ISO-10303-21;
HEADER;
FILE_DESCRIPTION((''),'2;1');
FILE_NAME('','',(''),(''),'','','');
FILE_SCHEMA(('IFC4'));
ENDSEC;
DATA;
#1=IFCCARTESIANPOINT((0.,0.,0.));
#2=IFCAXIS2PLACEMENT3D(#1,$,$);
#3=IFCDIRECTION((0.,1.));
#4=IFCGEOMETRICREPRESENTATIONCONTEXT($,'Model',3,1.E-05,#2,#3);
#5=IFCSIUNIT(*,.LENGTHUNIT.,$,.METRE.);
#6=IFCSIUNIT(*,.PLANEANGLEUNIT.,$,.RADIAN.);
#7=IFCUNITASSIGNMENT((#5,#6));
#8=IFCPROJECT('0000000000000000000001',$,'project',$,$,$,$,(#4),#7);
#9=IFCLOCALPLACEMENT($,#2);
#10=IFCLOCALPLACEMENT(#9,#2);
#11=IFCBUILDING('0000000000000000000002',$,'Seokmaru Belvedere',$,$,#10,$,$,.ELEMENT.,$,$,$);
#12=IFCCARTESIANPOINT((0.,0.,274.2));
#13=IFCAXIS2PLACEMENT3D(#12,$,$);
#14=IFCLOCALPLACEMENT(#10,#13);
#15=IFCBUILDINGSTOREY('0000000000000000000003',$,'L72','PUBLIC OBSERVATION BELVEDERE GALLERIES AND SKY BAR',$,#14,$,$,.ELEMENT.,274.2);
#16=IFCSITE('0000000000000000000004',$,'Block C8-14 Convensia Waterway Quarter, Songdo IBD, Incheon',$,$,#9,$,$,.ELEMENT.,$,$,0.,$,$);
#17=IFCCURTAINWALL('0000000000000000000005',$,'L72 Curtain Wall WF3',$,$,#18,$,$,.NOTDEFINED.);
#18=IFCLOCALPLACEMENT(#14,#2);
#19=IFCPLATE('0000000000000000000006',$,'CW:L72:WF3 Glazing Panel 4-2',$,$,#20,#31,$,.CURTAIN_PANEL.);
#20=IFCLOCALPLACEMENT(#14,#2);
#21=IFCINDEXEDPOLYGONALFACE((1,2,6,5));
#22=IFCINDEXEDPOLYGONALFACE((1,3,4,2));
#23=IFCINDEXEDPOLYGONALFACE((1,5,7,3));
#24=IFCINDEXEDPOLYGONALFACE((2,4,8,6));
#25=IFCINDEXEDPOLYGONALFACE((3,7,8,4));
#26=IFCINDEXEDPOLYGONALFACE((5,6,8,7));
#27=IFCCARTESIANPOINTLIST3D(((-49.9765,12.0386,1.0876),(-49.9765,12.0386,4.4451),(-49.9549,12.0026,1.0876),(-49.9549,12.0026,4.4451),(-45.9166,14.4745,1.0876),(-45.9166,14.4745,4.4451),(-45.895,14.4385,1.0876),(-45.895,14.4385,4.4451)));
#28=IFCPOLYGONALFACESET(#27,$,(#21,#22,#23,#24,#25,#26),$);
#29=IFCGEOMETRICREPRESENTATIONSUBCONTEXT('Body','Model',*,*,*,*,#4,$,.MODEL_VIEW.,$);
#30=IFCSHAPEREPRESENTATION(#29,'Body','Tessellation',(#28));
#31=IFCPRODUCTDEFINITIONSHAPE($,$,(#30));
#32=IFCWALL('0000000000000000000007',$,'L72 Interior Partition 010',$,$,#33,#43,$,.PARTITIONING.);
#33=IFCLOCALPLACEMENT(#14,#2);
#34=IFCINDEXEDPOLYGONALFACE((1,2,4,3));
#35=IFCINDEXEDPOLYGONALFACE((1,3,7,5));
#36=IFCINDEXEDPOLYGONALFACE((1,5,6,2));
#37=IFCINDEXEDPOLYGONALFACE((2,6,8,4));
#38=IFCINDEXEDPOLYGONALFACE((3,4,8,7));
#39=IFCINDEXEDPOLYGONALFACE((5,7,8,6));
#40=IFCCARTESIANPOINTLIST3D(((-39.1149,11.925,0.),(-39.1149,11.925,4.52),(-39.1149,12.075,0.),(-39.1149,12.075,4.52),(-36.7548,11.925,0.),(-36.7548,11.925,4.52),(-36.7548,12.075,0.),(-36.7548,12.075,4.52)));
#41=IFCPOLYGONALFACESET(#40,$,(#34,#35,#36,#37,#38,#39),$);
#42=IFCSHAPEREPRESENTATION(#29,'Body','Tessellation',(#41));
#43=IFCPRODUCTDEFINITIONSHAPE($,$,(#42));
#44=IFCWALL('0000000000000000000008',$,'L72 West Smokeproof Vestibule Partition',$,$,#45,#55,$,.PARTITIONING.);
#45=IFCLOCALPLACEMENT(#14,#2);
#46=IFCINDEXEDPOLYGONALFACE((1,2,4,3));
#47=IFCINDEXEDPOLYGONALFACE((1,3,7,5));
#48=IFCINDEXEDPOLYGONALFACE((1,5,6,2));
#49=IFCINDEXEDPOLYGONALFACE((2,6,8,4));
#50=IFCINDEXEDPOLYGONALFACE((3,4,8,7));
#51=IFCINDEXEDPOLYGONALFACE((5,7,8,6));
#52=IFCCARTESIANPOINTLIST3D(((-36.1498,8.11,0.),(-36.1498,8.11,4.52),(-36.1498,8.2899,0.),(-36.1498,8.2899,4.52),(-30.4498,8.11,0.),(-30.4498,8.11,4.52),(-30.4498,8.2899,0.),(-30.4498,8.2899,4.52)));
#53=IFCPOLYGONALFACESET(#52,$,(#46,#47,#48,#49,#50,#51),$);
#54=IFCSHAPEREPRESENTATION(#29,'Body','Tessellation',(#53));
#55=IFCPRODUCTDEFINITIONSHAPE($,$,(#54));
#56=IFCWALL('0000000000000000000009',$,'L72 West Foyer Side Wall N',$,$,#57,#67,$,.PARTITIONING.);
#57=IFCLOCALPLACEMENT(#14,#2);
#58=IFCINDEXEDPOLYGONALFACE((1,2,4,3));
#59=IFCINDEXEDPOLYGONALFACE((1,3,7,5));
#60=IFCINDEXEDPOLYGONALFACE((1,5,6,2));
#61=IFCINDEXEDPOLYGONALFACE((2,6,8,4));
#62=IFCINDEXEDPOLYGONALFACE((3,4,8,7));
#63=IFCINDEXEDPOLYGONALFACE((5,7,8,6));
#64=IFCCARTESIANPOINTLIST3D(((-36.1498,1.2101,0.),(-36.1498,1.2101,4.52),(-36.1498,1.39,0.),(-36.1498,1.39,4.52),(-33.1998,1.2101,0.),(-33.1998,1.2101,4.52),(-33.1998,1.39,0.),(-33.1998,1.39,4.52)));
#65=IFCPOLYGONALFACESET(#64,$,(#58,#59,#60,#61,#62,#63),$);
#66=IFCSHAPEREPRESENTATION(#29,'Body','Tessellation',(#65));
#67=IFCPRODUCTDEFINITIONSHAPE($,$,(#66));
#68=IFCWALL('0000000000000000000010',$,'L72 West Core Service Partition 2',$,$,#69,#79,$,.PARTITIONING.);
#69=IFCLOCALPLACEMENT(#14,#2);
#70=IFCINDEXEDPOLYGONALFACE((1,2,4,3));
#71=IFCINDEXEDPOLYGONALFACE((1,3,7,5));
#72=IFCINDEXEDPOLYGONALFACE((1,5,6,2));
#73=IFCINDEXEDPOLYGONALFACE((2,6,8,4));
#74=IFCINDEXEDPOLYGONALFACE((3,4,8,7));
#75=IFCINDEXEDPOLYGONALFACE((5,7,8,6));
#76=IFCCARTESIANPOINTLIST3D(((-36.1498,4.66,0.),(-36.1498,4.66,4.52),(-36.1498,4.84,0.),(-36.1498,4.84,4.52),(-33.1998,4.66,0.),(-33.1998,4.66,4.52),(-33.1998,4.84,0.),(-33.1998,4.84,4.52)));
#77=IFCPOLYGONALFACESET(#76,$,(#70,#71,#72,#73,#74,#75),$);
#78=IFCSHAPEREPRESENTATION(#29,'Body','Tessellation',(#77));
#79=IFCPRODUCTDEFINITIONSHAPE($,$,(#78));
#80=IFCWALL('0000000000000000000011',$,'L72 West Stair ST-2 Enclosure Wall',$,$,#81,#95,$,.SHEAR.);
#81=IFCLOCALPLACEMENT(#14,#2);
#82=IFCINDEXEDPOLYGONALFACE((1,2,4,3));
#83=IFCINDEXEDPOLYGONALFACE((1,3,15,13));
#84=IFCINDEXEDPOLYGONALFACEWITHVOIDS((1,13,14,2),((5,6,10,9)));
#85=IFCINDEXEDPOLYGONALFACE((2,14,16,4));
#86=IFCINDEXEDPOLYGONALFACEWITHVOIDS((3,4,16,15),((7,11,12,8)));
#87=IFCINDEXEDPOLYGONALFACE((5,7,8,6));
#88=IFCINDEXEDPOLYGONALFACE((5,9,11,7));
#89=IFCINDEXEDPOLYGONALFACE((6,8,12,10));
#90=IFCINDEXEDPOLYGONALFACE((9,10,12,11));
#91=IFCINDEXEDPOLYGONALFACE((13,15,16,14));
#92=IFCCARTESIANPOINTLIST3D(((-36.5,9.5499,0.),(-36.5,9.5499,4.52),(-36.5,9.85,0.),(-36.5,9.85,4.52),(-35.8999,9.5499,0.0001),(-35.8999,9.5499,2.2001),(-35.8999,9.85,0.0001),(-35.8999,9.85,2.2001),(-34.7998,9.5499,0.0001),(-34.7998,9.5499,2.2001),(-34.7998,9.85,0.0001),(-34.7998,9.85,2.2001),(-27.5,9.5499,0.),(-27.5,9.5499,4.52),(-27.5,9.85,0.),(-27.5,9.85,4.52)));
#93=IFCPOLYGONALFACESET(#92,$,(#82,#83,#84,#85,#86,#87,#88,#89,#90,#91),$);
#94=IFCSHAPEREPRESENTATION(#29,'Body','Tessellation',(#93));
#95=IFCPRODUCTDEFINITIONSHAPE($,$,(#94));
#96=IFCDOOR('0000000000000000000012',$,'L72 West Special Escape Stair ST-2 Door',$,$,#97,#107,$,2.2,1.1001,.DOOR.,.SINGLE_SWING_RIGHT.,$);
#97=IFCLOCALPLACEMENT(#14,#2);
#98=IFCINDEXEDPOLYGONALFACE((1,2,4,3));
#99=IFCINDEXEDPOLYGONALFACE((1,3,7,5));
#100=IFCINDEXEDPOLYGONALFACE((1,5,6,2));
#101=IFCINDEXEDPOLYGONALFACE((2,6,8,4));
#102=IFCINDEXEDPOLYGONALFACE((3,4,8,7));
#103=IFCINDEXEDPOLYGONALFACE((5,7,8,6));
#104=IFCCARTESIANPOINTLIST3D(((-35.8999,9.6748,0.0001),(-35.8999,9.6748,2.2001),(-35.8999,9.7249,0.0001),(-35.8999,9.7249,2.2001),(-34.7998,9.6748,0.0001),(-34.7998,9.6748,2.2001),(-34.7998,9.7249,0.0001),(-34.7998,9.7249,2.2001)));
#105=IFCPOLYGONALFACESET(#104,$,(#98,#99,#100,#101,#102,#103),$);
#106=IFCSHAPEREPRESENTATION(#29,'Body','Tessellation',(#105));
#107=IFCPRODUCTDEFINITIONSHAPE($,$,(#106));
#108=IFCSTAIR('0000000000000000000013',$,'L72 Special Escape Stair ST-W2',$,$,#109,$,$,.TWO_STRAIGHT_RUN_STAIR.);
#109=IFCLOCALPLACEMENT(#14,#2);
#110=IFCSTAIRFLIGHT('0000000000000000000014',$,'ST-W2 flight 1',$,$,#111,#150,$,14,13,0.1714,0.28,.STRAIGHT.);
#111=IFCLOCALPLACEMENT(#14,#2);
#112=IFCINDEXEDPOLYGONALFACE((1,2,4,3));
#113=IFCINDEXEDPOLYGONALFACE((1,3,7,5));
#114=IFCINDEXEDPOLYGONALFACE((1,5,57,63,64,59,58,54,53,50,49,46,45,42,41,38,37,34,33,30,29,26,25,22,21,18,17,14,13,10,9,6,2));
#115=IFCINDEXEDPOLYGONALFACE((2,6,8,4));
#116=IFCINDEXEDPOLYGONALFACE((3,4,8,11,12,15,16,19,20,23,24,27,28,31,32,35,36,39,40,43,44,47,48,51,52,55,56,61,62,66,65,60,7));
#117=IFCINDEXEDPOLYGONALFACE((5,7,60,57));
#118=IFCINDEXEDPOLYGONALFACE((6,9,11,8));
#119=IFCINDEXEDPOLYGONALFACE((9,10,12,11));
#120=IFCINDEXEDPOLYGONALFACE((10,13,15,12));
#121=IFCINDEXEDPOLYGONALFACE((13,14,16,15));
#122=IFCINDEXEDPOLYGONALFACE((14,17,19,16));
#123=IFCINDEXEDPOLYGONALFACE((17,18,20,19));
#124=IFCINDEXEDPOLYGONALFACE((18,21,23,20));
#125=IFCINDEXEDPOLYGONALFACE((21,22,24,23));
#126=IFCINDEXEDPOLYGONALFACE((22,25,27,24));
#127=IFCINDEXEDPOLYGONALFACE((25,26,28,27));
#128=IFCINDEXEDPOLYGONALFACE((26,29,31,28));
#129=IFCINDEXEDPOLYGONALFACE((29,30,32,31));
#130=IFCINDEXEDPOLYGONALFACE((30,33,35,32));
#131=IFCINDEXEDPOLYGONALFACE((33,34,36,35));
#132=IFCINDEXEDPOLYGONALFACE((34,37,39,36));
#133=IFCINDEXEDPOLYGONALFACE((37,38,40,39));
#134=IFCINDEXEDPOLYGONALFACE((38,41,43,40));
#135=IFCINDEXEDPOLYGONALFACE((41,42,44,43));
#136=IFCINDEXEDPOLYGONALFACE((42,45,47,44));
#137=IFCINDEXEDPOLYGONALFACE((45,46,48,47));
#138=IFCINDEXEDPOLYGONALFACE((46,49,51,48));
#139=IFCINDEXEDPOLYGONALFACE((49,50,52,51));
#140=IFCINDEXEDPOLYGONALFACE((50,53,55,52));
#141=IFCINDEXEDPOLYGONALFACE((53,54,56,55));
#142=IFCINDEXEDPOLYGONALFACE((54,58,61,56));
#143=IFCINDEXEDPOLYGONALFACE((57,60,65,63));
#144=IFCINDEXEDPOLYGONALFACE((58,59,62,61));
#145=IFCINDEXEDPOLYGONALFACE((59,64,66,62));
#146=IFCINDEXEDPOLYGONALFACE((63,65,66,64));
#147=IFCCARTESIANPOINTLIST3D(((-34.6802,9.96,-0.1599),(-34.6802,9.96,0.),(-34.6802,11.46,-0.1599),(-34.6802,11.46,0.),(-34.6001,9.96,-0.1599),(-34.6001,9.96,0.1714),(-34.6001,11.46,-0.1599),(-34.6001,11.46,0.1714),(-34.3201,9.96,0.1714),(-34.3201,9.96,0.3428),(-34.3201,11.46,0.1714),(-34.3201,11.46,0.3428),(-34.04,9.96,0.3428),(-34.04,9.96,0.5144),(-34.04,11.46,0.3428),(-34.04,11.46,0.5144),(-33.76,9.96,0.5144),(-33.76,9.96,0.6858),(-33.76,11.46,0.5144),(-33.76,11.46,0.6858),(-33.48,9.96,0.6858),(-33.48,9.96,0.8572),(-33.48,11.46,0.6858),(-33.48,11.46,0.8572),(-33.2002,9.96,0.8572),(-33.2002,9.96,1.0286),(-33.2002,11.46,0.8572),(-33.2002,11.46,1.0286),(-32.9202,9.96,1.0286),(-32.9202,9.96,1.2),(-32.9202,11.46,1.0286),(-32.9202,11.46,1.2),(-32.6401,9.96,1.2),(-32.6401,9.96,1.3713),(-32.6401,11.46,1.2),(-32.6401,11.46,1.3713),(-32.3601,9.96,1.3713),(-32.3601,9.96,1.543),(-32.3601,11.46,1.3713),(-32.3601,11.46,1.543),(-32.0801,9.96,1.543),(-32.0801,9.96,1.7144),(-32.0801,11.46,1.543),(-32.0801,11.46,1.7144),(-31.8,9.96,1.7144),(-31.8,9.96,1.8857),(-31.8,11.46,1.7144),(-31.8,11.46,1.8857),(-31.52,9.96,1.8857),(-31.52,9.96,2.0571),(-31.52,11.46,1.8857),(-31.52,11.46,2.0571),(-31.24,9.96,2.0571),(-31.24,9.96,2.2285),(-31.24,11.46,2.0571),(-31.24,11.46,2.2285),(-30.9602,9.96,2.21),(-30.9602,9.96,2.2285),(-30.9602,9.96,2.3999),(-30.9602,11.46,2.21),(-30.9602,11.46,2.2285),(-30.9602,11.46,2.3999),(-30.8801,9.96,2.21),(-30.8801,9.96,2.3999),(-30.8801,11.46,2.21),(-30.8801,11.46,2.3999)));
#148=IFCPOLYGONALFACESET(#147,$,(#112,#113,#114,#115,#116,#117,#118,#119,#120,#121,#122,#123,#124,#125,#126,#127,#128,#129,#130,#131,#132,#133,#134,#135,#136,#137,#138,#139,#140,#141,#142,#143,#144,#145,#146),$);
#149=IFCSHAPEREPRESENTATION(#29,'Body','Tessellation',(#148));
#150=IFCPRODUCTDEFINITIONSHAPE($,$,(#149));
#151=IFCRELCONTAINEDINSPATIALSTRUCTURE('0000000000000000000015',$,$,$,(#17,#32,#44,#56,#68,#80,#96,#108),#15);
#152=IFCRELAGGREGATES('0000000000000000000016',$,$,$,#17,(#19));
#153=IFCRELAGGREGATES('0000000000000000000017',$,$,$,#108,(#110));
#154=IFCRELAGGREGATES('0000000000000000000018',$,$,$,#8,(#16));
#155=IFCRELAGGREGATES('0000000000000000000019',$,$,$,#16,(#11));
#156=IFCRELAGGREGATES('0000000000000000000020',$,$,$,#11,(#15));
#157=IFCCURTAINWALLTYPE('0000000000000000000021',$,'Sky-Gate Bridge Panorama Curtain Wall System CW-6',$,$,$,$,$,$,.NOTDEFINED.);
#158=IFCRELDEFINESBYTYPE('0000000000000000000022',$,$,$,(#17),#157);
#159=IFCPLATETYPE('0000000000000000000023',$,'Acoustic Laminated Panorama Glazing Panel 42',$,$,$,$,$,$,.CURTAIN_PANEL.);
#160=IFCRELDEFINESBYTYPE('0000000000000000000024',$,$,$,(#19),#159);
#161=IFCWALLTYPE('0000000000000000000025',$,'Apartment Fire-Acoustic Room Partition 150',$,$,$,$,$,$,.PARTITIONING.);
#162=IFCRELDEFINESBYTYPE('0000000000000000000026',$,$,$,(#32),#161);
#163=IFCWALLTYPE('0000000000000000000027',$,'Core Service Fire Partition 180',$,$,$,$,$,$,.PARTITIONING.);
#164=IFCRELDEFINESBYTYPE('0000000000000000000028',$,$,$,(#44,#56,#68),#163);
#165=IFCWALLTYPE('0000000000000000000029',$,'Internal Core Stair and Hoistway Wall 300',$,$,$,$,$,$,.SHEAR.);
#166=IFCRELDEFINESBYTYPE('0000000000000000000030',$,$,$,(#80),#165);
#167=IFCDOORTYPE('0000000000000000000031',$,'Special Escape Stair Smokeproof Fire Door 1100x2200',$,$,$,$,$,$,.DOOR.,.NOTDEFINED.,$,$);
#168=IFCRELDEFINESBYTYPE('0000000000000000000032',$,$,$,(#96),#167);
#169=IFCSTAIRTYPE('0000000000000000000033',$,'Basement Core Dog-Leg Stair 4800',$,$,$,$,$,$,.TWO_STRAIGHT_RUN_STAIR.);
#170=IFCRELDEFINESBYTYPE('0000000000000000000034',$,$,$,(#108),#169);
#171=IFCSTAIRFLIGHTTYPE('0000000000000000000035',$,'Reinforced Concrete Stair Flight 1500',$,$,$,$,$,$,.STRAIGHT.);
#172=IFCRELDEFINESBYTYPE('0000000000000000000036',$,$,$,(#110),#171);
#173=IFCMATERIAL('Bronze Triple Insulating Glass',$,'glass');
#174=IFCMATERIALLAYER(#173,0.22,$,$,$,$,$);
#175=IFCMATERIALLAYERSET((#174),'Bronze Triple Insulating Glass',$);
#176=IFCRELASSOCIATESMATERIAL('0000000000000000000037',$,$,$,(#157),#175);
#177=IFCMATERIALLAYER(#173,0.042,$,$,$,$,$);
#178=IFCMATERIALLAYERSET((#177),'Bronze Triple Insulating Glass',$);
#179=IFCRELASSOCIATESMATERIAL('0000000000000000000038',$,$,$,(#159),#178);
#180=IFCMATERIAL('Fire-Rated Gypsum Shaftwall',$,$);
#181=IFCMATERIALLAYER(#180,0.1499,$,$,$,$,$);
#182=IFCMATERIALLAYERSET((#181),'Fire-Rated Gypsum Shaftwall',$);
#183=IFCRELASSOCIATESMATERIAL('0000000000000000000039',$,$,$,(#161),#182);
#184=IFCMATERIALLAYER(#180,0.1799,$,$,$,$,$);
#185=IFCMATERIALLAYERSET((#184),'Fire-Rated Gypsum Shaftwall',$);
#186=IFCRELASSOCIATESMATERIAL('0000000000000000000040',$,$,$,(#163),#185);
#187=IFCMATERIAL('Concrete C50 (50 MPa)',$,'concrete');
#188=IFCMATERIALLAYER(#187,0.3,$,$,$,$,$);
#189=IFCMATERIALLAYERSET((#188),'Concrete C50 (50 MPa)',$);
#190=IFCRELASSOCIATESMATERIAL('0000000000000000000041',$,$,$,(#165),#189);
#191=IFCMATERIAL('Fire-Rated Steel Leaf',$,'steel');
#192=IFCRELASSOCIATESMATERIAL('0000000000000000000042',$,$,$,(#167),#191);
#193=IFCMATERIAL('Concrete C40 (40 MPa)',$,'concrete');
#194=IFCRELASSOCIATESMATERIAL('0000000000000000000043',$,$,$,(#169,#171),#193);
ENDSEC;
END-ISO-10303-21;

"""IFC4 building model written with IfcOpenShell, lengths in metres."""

from ifc_helpers import new_model, si_unit, direction, frame, frame_2d, origin, origin_2d, place, context, subcontext, project, spatial, polyline, rectangle, outline, extrude, source, transform, mapped, material, layer, layer_set, type_object, type_shapes, element, fill, aggregate, save


model = new_model("IFC4")

# Units and contexts
model_context = context("Model", 3, precision=1e-05, world=origin(), true_north=direction((0.0, 1.0)))
body_context = subcontext(model_context, "Body", "Model", "MODEL_VIEW")
ifc_project = project(units=[si_unit("LENGTHUNIT", "METRE"), si_unit("PLANEANGLEUNIT", "RADIAN")], contexts=[model_context])

# Site, building, storey
site_placement = place(None, origin())
site = spatial("IfcSite", under=ifc_project, at=site_placement, Name="Block C8-14 Convensia Waterway Quarter, Songdo IBD, Incheon", CompositionType="ELEMENT", RefElevation=0.0)
building_placement = place(site_placement, origin())
building = spatial("IfcBuilding", under=site, at=building_placement, Name="Seokmaru Belvedere", CompositionType="ELEMENT")
storey_placement = place(building_placement, frame((0.0, 0.0, 274.2)))
storey = spatial("IfcBuildingStorey", under=building, at=storey_placement, Name="L72", Description="PUBLIC OBSERVATION BELVEDERE GALLERIES AND SKY BAR", CompositionType="ELEMENT", Elevation=274.2)

# Curtain wall, plate
ifc_material_1 = material(Name="Bronze Triple Insulating Glass", Category="glass")
ifc_layer_1 = layer(ifc_material_1, 0.22)
ifc_layer_set_1 = layer_set([ifc_layer_1], Name="Bronze Triple Insulating Glass")
curtain_wall_type = type_object("IfcCurtainWallType", Name="Sky-Gate Bridge Panorama Curtain Wall System CW-6", PredefinedType="NOTDEFINED", material=ifc_layer_set_1)
curtain_wall_placement = place(storey_placement, origin())
curtain_wall = element("IfcCurtainWall", 1, at=curtain_wall_placement, inside=storey, type_object=curtain_wall_type, Name="L72 Curtain Wall WF3", PredefinedType="NOTDEFINED")
ifc_layer_2 = layer(ifc_material_1, 0.042)
ifc_layer_set_2 = layer_set([ifc_layer_2], Name="Bronze Triple Insulating Glass")
plate_type_1 = type_object("IfcPlateType", Name="Acoustic Laminated Panorama Glazing Panel 42", PredefinedType="CURTAIN_PANEL", material=ifc_layer_set_2)
shared_shape_1 = source(origin(), body_context, "Body", "SweptSolid", [
    extrude(rectangle(XDim=4.7346, YDim=0.042, at=origin_2d()), origin(), (0.0, 0.0, 1.0), 3.3574),
])
type_shapes(plate_type_1, [shared_shape_1])
plate_1_placement = place(storey_placement, frame((-47.9358, 13.2385, 1.0876), z_axis=(0.0, 0.0, 1.0), x_axis=(-0.857493, -0.514495, 0.0)))
plate_1 = element("IfcPlate", 2, at=plate_1_placement, type_object=plate_type_1, Name="CW:L72:WF3 Glazing Panel 4-2", PredefinedType="CURTAIN_PANEL", context=body_context, shape_type="MappedRepresentation", body=[
    mapped(shared_shape_1, transform((0.0, 0.0, 0.0), scale=1.0)),
])
aggregate(curtain_wall, [plate_1])

# Walls
ifc_material_2 = material(Name="Fire-Rated Gypsum Shaftwall")
ifc_layer_3 = layer(ifc_material_2, 0.1499)
ifc_layer_set_3 = layer_set([ifc_layer_3], Name="Fire-Rated Gypsum Shaftwall")
wall_type_1 = type_object("IfcWallType", Name="Apartment Fire-Acoustic Room Partition 150", PredefinedType="PARTITIONING", material=ifc_layer_set_3)
wall_1_placement = place(storey_placement, frame((-39.115, 12.0, 0.0), z_axis=(0.0, 0.0, 1.0), x_axis=(1.0, 0.0, 0.0)))
element("IfcWall", 3, at=wall_1_placement, inside=storey, type_object=wall_type_1, Name="L72 Interior Partition 010", PredefinedType="PARTITIONING", context=body_context, shape_type="SweptSolid", body=[
    extrude(rectangle(XDim=2.3601, YDim=0.1499, at=frame_2d((1.1802, 0.0))), origin(), (0.0, 0.0, 1.0), 4.52),
])
ifc_layer_4 = layer(ifc_material_2, 0.1799)
ifc_layer_set_4 = layer_set([ifc_layer_4], Name="Fire-Rated Gypsum Shaftwall")
wall_type_2 = type_object("IfcWallType", Name="Core Service Fire Partition 180", PredefinedType="PARTITIONING", material=ifc_layer_set_4)
wall_2_placement = place(storey_placement, frame((-36.1499, 8.2, 0.0), z_axis=(0.0, 0.0, 1.0), x_axis=(1.0, 0.0, 0.0)))
element("IfcWall", 4, at=wall_2_placement, inside=storey, type_object=wall_type_2, Name="L72 West Smokeproof Vestibule Partition", PredefinedType="PARTITIONING", context=body_context, shape_type="SweptSolid", body=[
    extrude(rectangle(XDim=5.7, YDim=0.1799, at=frame_2d((2.8501, 0.0))), origin(), (0.0, 0.0, 1.0), 4.52),
])
for number, where, z_axis, x_axis, name in (
    (5, (-36.1499, 1.3, 0.0), (0.0, 0.0, 1.0), (1.0, 0.0, 0.0), "L72 West Foyer Side Wall N"),
    (6, (-36.1499, 4.75, 0.0), (0.0, 0.0, 1.0), (1.0, 0.0, 0.0), "L72 West Core Service Partition 2"),
):
    element("IfcWall", number, at=place(storey_placement, frame(where, z_axis=z_axis, x_axis=x_axis)), inside=storey, type_object=wall_type_2, Name=name, PredefinedType="PARTITIONING", context=body_context, shape_type="SweptSolid", body=[
        extrude(rectangle(XDim=2.95, YDim=0.1799, at=frame_2d((1.4751, 0.0))), origin(), (0.0, 0.0, 1.0), 4.52),
    ])

# Wall, opening, door
ifc_material_3 = material(Name="Concrete C50 (50 MPa)", Category="concrete")
ifc_layer_5 = layer(ifc_material_3, 0.3)
ifc_layer_set_5 = layer_set([ifc_layer_5], Name="Concrete C50 (50 MPa)")
wall_type_3 = type_object("IfcWallType", Name="Internal Core Stair and Hoistway Wall 300", PredefinedType="SHEAR", material=ifc_layer_set_5)
wall_3_placement = place(storey_placement, frame((-36.5, 9.7, 0.0), z_axis=(0.0, 0.0, 1.0), x_axis=(1.0, 0.0, 0.0)))
wall_3 = element("IfcWall", 7, at=wall_3_placement, inside=storey, type_object=wall_type_3, Name="L72 West Stair ST-2 Enclosure Wall", PredefinedType="SHEAR", context=body_context, shape_type="SweptSolid", body=[
    extrude(rectangle(XDim=9.0, YDim=0.3, at=frame_2d((4.5, 0.0))), origin(), (0.0, 0.0, 1.0), 4.52),
])
opening_1_placement = place(wall_3_placement, frame((0.6001, 0.0, 0.0)))
opening_1 = element("IfcOpeningElement", 8, at=opening_1_placement, cuts=wall_3, PredefinedType="OPENING", context=body_context, shape_type="SweptSolid", body=[
    extrude(rectangle(XDim=1.1001, YDim=2.2, at=frame_2d((0.55, 1.1001))), frame((0.0, 0.1602, 0.0), z_axis=(0.0, -1.0, 0.0), x_axis=(1.0, 0.0, 0.0)), (0.0, 0.0, 1.0), 0.3201),
])
ifc_material_4 = material(Name="Fire-Rated Steel Leaf", Category="steel")
door_type_1 = type_object("IfcDoorType", Name="Special Escape Stair Smokeproof Fire Door 1100x2200", OperationType="NOTDEFINED", PredefinedType="DOOR", material=ifc_material_4)
shared_shape_2 = source(origin(), body_context, "Body", "SweptSolid", [
    extrude(rectangle(XDim=1.1001, YDim=2.2, at=frame_2d((0.55, 1.1001))), frame((0.0, 0.0249, 0.0), z_axis=(0.0, -1.0, 0.0), x_axis=(1.0, 0.0, 0.0)), (0.0, 0.0, 1.0), 0.05),
])
type_shapes(door_type_1, [shared_shape_2])
door_1_placement = place(opening_1_placement, origin())
door_1 = element("IfcDoor", 9, at=door_1_placement, inside=storey, type_object=door_type_1, Name="L72 West Special Escape Stair ST-2 Door", OperationType="SINGLE_SWING_RIGHT", OverallHeight=2.2, OverallWidth=1.1001, PredefinedType="DOOR", context=body_context, shape_type="MappedRepresentation", body=[
    mapped(shared_shape_2, transform((0.0, 0.0, 0.0), scale=1.0)),
])
fill(opening_1, door_1)

# Stair, stair flight
ifc_material_5 = material(Name="Concrete C40 (40 MPa)", Category="concrete")
stair_type = type_object("IfcStairType", Name="Basement Core Dog-Leg Stair 4800", PredefinedType="TWO_STRAIGHT_RUN_STAIR", material=ifc_material_5)
stair_placement = place(storey_placement, origin())
stair = element("IfcStair", 10, at=stair_placement, inside=storey, type_object=stair_type, Name="L72 Special Escape Stair ST-W2", PredefinedType="TWO_STRAIGHT_RUN_STAIR")
stair_flight_type = type_object("IfcStairFlightType", Name="Reinforced Concrete Stair Flight 1500", PredefinedType="STRAIGHT", material=ifc_material_5)
stair_flight_placement = place(storey_placement, frame((-34.6001, 10.71, 0.0), z_axis=(0.0, 0.0, 1.0), x_axis=(1.0, 0.0, 0.0)))
stair_flight = element("IfcStairFlight", 11, at=stair_flight_placement, type_object=stair_flight_type, Name="ST-W2 flight 1", NumberOfRisers=14, NumberOfTreads=13, PredefinedType="STRAIGHT", RiserHeight=0.1714, TreadLength=0.28, context=body_context, shape_type="SweptSolid", body=[
    extrude(outline(polyline([(-0.0801, 0.0), (0.0, 0.1714), (0.28, 0.1714), (0.28, 0.3428), (0.5601, 0.3428), (0.5601, 0.5144), (0.8401, 0.5144), (0.8401, 0.6858), (1.1201, 0.6858), (1.1201, 0.8572), (1.3999, 0.8572), (1.3999, 1.0286), (1.6799, 1.0286), (1.6799, 1.2), (1.96, 1.2), (1.96, 1.3713), (2.24, 1.3713), (2.24, 1.543), (2.52, 1.543), (2.52, 1.7144), (2.8, 1.7144), (2.8, 1.8857), (3.0801, 1.8857), (3.0801, 2.0571), (3.3601, 2.0571), (3.3601, 2.2285), (3.6399, 2.2285), (3.6399, 2.3999), (3.72, 2.3999), (3.72, 2.21), (3.6399, 2.21), (0.0, -0.1599), (-0.0801, -0.1599), (-0.0801, 0.0)])), frame((0.0, 0.75, 0.0), z_axis=(0.0, -1.0, 0.0), x_axis=(1.0, 0.0, 0.0)), (0.0, 0.0, 1.0), 1.5),
])
aggregate(stair, [stair_flight])

save(model, "model.ifc")
